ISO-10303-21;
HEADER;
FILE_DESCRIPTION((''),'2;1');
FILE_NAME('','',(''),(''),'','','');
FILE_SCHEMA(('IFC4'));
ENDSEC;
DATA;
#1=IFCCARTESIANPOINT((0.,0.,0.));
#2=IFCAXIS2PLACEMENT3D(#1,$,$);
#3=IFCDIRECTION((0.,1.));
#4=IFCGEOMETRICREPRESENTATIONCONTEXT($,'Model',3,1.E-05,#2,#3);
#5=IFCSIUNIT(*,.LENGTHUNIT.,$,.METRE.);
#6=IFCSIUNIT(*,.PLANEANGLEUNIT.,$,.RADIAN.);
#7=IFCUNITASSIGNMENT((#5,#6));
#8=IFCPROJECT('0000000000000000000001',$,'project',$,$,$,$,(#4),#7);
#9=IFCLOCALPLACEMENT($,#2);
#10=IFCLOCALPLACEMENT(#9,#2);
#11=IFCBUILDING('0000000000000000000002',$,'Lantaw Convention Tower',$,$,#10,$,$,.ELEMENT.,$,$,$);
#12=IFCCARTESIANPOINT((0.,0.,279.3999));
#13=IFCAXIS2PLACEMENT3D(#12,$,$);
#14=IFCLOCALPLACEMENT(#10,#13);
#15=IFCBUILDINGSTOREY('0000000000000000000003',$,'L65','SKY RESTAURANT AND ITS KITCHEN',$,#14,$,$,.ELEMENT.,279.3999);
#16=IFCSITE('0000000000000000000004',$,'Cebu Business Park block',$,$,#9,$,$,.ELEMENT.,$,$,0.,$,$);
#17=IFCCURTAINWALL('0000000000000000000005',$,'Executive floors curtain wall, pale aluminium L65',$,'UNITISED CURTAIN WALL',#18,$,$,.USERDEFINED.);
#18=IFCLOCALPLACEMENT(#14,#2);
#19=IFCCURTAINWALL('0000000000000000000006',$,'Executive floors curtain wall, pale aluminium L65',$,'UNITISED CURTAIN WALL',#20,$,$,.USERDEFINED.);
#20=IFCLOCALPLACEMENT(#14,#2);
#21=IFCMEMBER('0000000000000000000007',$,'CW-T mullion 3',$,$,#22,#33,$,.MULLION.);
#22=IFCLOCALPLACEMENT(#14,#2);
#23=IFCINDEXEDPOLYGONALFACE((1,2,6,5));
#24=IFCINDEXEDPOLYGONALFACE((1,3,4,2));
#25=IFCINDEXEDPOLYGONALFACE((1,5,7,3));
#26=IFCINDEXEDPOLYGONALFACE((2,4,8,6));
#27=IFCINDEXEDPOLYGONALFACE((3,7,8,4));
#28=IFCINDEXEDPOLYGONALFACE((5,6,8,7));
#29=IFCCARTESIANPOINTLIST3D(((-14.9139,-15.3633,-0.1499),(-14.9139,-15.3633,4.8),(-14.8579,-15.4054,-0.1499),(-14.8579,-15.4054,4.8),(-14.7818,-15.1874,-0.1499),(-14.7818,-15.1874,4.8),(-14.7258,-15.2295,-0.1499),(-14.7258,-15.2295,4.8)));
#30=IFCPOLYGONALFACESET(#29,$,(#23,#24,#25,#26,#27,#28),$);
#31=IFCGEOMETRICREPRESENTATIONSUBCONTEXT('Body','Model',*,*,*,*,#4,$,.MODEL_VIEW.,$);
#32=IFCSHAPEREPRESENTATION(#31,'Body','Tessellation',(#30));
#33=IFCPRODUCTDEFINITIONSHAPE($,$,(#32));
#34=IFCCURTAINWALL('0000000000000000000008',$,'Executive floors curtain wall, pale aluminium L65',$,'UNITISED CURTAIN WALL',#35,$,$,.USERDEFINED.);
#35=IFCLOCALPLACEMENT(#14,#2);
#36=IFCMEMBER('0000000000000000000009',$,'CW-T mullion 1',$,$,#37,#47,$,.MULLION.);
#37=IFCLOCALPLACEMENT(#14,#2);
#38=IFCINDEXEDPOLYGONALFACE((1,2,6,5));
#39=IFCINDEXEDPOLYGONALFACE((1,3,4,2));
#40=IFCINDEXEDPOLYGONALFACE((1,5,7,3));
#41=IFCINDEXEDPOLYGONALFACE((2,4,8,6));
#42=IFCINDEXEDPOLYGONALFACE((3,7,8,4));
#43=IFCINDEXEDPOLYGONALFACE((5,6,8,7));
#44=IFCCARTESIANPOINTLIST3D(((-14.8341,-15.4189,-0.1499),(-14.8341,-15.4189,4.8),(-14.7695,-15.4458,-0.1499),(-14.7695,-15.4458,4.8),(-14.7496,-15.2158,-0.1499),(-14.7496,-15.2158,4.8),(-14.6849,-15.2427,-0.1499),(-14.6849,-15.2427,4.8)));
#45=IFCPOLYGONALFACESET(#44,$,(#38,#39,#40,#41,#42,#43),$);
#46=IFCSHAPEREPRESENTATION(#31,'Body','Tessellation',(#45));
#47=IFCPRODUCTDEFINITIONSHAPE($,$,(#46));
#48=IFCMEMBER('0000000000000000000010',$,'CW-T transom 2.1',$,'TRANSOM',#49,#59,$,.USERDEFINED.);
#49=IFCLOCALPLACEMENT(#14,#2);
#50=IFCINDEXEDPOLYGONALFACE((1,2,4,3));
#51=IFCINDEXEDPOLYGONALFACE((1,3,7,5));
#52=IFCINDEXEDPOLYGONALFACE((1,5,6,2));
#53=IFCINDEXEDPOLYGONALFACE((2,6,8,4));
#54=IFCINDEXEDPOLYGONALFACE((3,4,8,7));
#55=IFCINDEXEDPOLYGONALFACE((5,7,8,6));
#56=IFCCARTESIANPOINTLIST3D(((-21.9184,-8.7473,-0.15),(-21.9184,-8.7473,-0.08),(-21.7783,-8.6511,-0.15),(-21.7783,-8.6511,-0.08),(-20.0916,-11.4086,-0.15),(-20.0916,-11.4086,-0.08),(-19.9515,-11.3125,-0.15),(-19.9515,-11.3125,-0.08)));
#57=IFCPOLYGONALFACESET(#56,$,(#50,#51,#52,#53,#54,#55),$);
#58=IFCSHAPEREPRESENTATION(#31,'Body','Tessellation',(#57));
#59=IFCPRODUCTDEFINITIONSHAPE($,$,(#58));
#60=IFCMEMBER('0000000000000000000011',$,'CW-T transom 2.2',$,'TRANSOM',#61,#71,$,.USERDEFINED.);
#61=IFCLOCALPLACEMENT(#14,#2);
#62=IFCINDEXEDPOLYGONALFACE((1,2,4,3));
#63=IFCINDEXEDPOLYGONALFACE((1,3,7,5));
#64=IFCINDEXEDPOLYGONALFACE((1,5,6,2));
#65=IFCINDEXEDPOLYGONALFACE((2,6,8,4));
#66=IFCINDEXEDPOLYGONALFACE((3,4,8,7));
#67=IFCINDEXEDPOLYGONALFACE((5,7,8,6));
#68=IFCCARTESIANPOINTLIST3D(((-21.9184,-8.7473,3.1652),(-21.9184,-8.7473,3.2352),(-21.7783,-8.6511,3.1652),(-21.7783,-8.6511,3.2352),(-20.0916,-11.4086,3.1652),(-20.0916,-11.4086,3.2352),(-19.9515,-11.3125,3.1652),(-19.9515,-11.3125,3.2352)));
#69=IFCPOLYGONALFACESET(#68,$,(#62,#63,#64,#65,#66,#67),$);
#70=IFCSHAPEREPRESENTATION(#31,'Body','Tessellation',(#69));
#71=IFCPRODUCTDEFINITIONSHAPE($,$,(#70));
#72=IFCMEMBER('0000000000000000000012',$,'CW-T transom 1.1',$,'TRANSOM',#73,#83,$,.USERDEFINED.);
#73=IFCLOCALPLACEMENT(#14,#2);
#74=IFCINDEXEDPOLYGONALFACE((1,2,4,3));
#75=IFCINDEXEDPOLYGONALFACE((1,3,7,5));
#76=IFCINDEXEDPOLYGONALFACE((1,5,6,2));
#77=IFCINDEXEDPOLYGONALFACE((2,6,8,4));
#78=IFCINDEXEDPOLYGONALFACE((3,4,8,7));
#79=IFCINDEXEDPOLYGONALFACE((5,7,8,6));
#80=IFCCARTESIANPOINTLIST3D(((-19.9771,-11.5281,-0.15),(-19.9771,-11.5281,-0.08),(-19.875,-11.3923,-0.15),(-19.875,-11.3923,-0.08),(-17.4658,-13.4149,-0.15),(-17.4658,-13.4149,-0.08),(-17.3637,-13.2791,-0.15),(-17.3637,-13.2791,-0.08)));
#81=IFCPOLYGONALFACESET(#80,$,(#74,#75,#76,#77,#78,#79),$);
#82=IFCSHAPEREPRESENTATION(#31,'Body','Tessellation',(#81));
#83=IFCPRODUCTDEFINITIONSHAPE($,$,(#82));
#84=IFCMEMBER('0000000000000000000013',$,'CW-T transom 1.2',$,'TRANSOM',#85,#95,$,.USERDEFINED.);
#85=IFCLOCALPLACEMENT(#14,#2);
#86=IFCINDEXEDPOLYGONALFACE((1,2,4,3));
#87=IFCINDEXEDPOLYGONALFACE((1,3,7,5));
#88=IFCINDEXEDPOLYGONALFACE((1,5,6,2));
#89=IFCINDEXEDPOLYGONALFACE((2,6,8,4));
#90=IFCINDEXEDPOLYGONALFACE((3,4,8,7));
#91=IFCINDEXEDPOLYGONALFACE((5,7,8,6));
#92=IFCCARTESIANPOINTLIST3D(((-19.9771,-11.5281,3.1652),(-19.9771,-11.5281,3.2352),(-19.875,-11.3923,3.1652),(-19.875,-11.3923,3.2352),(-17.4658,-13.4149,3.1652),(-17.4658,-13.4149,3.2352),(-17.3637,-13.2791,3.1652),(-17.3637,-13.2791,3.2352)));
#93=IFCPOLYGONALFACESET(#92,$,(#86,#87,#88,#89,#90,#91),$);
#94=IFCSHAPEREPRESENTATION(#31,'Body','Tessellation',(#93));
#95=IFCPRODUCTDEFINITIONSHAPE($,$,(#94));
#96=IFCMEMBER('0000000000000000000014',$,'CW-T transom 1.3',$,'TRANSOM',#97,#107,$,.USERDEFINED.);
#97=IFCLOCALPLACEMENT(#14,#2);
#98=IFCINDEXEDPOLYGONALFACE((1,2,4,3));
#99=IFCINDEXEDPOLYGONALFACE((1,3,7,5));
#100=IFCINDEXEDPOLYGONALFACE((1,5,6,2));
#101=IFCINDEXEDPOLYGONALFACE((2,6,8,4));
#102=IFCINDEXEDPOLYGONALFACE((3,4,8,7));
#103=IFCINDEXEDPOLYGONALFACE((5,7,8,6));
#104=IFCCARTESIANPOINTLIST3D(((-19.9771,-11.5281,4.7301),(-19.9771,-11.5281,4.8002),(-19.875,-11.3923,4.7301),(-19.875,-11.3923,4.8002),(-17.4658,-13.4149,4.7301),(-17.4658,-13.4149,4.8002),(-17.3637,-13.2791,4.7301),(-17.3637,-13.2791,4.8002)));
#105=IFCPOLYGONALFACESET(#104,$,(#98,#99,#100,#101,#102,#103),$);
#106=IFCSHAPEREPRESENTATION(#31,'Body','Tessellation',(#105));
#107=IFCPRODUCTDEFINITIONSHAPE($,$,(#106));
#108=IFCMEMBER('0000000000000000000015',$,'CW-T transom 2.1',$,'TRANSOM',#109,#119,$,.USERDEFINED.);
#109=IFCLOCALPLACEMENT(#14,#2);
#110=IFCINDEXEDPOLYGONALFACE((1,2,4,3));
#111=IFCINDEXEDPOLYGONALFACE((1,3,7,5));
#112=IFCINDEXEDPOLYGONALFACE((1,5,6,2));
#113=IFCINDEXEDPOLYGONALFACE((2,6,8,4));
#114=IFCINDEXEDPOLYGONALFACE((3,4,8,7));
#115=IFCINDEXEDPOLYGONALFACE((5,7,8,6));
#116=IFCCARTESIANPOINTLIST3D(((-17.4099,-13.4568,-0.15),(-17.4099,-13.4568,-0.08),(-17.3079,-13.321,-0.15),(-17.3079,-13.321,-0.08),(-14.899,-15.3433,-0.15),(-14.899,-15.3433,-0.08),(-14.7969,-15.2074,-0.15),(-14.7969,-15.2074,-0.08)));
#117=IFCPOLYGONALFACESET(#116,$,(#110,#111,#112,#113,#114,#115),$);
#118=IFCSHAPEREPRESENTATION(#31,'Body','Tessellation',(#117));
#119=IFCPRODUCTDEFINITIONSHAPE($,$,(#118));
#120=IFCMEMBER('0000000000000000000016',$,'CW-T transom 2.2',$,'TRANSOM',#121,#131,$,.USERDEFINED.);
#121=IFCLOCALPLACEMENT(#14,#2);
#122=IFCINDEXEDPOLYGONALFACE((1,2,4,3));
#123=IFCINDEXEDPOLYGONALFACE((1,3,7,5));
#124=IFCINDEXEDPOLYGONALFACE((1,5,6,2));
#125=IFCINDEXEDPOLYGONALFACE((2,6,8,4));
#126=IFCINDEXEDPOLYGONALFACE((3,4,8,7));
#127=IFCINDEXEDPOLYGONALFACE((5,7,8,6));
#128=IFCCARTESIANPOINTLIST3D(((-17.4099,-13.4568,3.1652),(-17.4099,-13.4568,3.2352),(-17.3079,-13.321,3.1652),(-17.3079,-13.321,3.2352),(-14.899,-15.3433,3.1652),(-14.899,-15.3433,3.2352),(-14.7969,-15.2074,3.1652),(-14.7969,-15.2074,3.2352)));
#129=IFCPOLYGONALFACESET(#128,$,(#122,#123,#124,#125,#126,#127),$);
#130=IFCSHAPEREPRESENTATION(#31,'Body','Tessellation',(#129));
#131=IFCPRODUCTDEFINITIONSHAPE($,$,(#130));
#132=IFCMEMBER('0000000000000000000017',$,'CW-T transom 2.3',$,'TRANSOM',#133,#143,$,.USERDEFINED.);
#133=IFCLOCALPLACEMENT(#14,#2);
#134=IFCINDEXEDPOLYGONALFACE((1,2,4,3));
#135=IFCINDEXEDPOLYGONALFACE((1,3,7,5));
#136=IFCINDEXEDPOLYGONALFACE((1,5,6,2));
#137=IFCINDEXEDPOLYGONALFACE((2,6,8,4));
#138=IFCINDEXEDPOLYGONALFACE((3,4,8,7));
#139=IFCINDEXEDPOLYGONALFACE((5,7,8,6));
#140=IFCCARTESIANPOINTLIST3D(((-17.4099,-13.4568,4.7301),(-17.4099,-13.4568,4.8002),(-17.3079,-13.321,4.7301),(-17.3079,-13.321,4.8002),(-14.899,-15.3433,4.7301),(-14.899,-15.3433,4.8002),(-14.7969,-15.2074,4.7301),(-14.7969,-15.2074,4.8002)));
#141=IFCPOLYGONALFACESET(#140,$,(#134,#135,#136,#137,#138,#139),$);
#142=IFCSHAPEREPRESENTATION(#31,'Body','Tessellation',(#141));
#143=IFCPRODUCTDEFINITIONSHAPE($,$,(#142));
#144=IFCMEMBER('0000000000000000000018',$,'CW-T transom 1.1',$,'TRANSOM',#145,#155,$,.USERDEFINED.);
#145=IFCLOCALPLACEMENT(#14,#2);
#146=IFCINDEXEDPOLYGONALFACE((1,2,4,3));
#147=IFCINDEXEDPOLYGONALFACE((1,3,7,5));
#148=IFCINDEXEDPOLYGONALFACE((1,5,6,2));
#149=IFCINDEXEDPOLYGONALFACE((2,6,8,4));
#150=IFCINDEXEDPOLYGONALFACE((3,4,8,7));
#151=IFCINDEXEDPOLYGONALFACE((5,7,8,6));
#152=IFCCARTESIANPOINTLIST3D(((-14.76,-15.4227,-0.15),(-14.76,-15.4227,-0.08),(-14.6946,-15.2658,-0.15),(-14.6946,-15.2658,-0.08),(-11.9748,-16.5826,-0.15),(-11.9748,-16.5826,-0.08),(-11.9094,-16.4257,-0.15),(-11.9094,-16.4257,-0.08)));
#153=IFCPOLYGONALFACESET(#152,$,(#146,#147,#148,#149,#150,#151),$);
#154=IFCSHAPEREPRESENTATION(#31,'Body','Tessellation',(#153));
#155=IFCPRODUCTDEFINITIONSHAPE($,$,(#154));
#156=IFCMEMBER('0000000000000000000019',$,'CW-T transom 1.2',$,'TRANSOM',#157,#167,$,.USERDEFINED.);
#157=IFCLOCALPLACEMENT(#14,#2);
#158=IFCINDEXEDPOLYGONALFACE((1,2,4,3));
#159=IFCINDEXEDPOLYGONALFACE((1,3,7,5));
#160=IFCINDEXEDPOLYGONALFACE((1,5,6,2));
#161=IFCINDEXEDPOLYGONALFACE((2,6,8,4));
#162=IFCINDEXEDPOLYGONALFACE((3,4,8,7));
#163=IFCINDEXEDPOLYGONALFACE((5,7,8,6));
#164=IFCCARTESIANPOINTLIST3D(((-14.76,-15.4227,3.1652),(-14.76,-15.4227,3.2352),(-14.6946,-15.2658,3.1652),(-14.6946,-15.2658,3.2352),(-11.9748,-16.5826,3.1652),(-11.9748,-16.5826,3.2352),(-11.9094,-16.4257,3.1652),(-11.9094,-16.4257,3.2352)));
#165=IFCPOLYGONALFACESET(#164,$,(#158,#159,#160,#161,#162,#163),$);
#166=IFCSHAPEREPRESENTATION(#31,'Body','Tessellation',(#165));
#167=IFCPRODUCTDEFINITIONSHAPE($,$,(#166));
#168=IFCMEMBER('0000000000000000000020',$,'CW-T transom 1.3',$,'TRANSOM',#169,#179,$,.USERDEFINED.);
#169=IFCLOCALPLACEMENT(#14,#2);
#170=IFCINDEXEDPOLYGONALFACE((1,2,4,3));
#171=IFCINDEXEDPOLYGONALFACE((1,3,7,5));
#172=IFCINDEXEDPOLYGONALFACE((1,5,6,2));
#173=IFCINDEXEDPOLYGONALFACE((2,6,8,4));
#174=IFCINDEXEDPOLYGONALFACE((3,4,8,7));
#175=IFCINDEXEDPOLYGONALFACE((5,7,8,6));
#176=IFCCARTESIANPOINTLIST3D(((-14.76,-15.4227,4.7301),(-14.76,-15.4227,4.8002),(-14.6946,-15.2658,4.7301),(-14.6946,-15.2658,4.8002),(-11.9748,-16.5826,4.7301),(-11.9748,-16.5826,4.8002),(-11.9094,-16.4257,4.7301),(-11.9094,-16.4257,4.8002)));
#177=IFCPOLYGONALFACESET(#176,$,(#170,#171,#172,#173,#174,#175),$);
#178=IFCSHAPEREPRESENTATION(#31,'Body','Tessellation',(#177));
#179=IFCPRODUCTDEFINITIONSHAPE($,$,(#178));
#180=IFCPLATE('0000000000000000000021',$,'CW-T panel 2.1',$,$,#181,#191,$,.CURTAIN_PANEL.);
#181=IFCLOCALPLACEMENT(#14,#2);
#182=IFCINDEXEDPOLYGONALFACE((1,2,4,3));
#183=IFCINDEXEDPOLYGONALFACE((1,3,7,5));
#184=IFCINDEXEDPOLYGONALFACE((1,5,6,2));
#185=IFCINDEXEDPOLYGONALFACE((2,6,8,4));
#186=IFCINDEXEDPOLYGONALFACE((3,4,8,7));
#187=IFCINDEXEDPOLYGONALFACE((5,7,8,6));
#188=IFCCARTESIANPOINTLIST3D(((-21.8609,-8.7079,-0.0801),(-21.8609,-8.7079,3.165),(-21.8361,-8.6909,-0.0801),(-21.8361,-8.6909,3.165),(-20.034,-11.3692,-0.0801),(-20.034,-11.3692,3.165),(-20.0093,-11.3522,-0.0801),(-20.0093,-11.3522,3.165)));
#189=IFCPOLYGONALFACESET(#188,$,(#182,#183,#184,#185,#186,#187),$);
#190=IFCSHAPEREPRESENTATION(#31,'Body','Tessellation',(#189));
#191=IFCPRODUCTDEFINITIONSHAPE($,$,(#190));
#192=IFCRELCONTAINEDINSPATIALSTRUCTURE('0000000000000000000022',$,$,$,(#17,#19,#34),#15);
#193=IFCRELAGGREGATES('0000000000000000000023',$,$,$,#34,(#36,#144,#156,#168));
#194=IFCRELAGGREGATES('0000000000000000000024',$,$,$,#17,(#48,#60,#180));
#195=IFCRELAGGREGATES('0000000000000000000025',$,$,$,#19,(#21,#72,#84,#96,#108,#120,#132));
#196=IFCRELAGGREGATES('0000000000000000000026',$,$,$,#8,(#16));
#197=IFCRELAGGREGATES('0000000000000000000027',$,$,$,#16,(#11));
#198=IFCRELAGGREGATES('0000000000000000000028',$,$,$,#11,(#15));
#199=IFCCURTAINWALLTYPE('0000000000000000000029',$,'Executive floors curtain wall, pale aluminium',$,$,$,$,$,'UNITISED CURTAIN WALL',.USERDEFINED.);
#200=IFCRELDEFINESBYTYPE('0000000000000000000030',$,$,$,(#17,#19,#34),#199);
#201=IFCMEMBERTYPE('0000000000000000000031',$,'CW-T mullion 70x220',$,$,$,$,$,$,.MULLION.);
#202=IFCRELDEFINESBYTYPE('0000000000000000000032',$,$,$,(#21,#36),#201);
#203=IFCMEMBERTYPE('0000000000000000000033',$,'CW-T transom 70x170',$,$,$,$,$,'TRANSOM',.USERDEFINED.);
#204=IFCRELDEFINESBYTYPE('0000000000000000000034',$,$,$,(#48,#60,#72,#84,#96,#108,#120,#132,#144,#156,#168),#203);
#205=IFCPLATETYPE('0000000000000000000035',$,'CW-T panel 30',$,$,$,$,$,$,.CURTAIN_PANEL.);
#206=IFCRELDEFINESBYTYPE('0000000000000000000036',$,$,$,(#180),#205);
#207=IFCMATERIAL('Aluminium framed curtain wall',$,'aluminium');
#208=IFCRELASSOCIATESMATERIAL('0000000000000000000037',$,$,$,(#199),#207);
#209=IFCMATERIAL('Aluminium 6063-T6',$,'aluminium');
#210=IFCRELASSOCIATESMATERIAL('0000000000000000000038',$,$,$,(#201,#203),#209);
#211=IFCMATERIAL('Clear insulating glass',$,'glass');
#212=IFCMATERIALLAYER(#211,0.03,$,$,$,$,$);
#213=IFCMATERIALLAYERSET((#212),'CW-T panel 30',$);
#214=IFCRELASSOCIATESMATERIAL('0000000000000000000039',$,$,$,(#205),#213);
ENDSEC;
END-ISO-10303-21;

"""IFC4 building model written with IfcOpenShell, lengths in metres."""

from ifc_helpers import new_model, si_unit, direction, frame, origin, origin_2d, place, context, subcontext, project, spatial, rectangle, extrude, material, layer, layer_set, material_profile, profile_set, type_object, element, aggregate, save


model = new_model("IFC4")

# Units and contexts
model_context = context("Model", 3, precision=1e-05, world=origin(), true_north=direction((0.0, 1.0)))
body_context = subcontext(model_context, "Body", "Model", "MODEL_VIEW")
ifc_project = project(units=[si_unit("LENGTHUNIT", "METRE"), si_unit("PLANEANGLEUNIT", "RADIAN")], contexts=[model_context])

# Site, building, storey
site_placement = place(None, origin())
site = spatial("IfcSite", under=ifc_project, at=site_placement, Name="Cebu Business Park block", CompositionType="ELEMENT", RefElevation=0.0)
building_placement = place(site_placement, origin())
building = spatial("IfcBuilding", under=site, at=building_placement, Name="Lantaw Convention Tower", CompositionType="ELEMENT")
storey_placement = place(building_placement, frame((0.0, 0.0, 279.3999)))
storey = spatial("IfcBuildingStorey", under=building, at=storey_placement, Name="L65", Description="SKY RESTAURANT AND ITS KITCHEN", CompositionType="ELEMENT", Elevation=279.3999)

# Curtain wall
ifc_material_1 = material(Name="Aluminium framed curtain wall", Category="aluminium")
curtain_wall_type = type_object("IfcCurtainWallType", Name="Executive floors curtain wall, pale aluminium", ElementType="UNITISED CURTAIN WALL", PredefinedType="USERDEFINED", material=ifc_material_1)
curtain_wall_1_placement = place(storey_placement, origin())
curtain_wall_1 = element("IfcCurtainWall", 1, at=curtain_wall_1_placement, inside=storey, type_object=curtain_wall_type, Name="Executive floors curtain wall, pale aluminium L65", ObjectType="UNITISED CURTAIN WALL", PredefinedType="USERDEFINED")
ifc_material_2 = material(Name="Aluminium 6063-T6", Category="aluminium")
ifc_material_profile_1 = material_profile(ifc_material_2, rectangle(XDim=0.22, YDim=0.0701, at=origin_2d()), Name="CW-T mullion 70x220")
ifc_profile_set_1 = profile_set([ifc_material_profile_1], Name="Aluminium 6063-T6")
member_type_1 = type_object("IfcMemberType", Name="CW-T mullion 70x220", PredefinedType="MULLION", material=ifc_profile_set_1)

# Curtain wall, member
curtain_wall_2_placement = place(storey_placement, origin())
curtain_wall_2 = element("IfcCurtainWall", 2, at=curtain_wall_2_placement, inside=storey, type_object=curtain_wall_type, Name="Executive floors curtain wall, pale aluminium L65", ObjectType="UNITISED CURTAIN WALL", PredefinedType="USERDEFINED")
member_1_placement = place(storey_placement, frame((-14.8198, -15.2964, -0.1499), z_axis=(0.0, 0.0, 1.0), x_axis=(0.600643, 0.799518, 0.0)))
member_1 = element("IfcMember", 3, at=member_1_placement, type_object=member_type_1, Name="CW-T mullion 3", PredefinedType="MULLION", context=body_context, shape_type="SweptSolid", body=[
    extrude(rectangle(XDim=0.22, YDim=0.0701, at=origin_2d()), origin(), (0.0, 0.0, 1.0), 4.95),
])

# Curtain wall, member
curtain_wall_3_placement = place(storey_placement, origin())
curtain_wall_3 = element("IfcCurtainWall", 4, at=curtain_wall_3_placement, inside=storey, type_object=curtain_wall_type, Name="Executive floors curtain wall, pale aluminium L65", ObjectType="UNITISED CURTAIN WALL", PredefinedType="USERDEFINED")
member_2_placement = place(storey_placement, frame((-14.7595, -15.3308, -0.1499), z_axis=(0.0, 0.0, 1.0), x_axis=(0.38446, 0.923142, 0.0)))
member_2 = element("IfcMember", 5, at=member_2_placement, type_object=member_type_1, Name="CW-T mullion 1", PredefinedType="MULLION", context=body_context, shape_type="SweptSolid", body=[
    extrude(rectangle(XDim=0.22, YDim=0.0701, at=origin_2d()), origin(), (0.0, 0.0, 1.0), 4.95),
])

# Members
ifc_material_profile_2 = material_profile(ifc_material_2, rectangle(XDim=0.1699, YDim=0.0701, at=origin_2d()), Name="CW-T transom 70x170")
ifc_profile_set_2 = profile_set([ifc_material_profile_2], Name="Aluminium 6063-T6")
member_type_2 = type_object("IfcMemberType", Name="CW-T transom 70x170", ElementType="TRANSOM", PredefinedType="USERDEFINED", material=ifc_profile_set_2)
member_3_placement = place(storey_placement, frame((-21.8484, -8.6992, -0.115), z_axis=(0.565941, -0.824446, 0.0), x_axis=(0.824446, 0.565941, 0.0)))
member_3 = element("IfcMember", 6, at=member_3_placement, type_object=member_type_2, Name="CW-T transom 2.1", ObjectType="TRANSOM", PredefinedType="USERDEFINED", context=body_context, shape_type="SweptSolid", body=[
    extrude(rectangle(XDim=0.1699, YDim=0.0701, at=origin_2d()), origin(), (0.0, 0.0, 1.0), 3.228),
])
member_4_placement = place(storey_placement, frame((-21.8484, -8.6992, 3.2002), z_axis=(0.565941, -0.824446, 0.0), x_axis=(0.824446, 0.565941, 0.0)))
member_4 = element("IfcMember", 7, at=member_4_placement, type_object=member_type_2, Name="CW-T transom 2.2", ObjectType="TRANSOM", PredefinedType="USERDEFINED", context=body_context, shape_type="SweptSolid", body=[
    extrude(rectangle(XDim=0.1699, YDim=0.0701, at=origin_2d()), origin(), (0.0, 0.0, 1.0), 3.228),
])
member_5_placement = place(storey_placement, frame((-19.926, -11.4602, -0.115), z_axis=(0.799496, -0.600671, 0.0), x_axis=(0.600671, 0.799496, 0.0)))
member_5 = element("IfcMember", 8, at=member_5_placement, type_object=member_type_2, Name="CW-T transom 1.1", ObjectType="TRANSOM", PredefinedType="USERDEFINED", context=body_context, shape_type="SweptSolid", body=[
    extrude(rectangle(XDim=0.1699, YDim=0.0701, at=origin_2d()), origin(), (0.0, 0.0, 1.0), 3.1411),
])
member_6_placement = place(storey_placement, frame((-19.926, -11.4602, 3.2002), z_axis=(0.799496, -0.600671, 0.0), x_axis=(0.600671, 0.799496, 0.0)))
member_6 = element("IfcMember", 9, at=member_6_placement, type_object=member_type_2, Name="CW-T transom 1.2", ObjectType="TRANSOM", PredefinedType="USERDEFINED", context=body_context, shape_type="SweptSolid", body=[
    extrude(rectangle(XDim=0.1699, YDim=0.0701, at=origin_2d()), origin(), (0.0, 0.0, 1.0), 3.1411),
])
member_7_placement = place(storey_placement, frame((-19.926, -11.4602, 4.7651), z_axis=(0.799496, -0.600671, 0.0), x_axis=(0.600671, 0.799496, 0.0)))
member_7 = element("IfcMember", 10, at=member_7_placement, type_object=member_type_2, Name="CW-T transom 1.3", ObjectType="TRANSOM", PredefinedType="USERDEFINED", context=body_context, shape_type="SweptSolid", body=[
    extrude(rectangle(XDim=0.1699, YDim=0.0701, at=origin_2d()), origin(), (0.0, 0.0, 1.0), 3.1411),
])
member_8_placement = place(storey_placement, frame((-17.3589, -13.3889, -0.115), z_axis=(0.799505, -0.600659, 0.0), x_axis=(0.600659, 0.799505, 0.0)))
member_8 = element("IfcMember", 11, at=member_8_placement, type_object=member_type_2, Name="CW-T transom 2.1", ObjectType="TRANSOM", PredefinedType="USERDEFINED", context=body_context, shape_type="SweptSolid", body=[
    extrude(rectangle(XDim=0.1699, YDim=0.0701, at=origin_2d()), origin(), (0.0, 0.0, 1.0), 3.1406),
])
member_9_placement = place(storey_placement, frame((-17.3589, -13.3889, 3.2002), z_axis=(0.799505, -0.600659, 0.0), x_axis=(0.600659, 0.799505, 0.0)))
member_9 = element("IfcMember", 12, at=member_9_placement, type_object=member_type_2, Name="CW-T transom 2.2", ObjectType="TRANSOM", PredefinedType="USERDEFINED", context=body_context, shape_type="SweptSolid", body=[
    extrude(rectangle(XDim=0.1699, YDim=0.0701, at=origin_2d()), origin(), (0.0, 0.0, 1.0), 3.1406),
])
member_10_placement = place(storey_placement, frame((-17.3589, -13.3889, 4.7651), z_axis=(0.799505, -0.600659, 0.0), x_axis=(0.600659, 0.799505, 0.0)))
member_10 = element("IfcMember", 13, at=member_10_placement, type_object=member_type_2, Name="CW-T transom 2.3", ObjectType="TRANSOM", PredefinedType="USERDEFINED", context=body_context, shape_type="SweptSolid", body=[
    extrude(rectangle(XDim=0.1699, YDim=0.0701, at=origin_2d()), origin(), (0.0, 0.0, 1.0), 3.1406),
])
member_11_placement = place(storey_placement, frame((-14.7273, -15.3442, -0.115), z_axis=(0.923144, -0.384454, 0.0), x_axis=(0.384454, 0.923144, 0.0)))
member_11 = element("IfcMember", 14, at=member_11_placement, type_object=member_type_2, Name="CW-T transom 1.1", ObjectType="TRANSOM", PredefinedType="USERDEFINED", context=body_context, shape_type="SweptSolid", body=[
    extrude(rectangle(XDim=0.1699, YDim=0.0701, at=origin_2d()), origin(), (0.0, 0.0, 1.0), 3.0171),
])
member_12_placement = place(storey_placement, frame((-14.7273, -15.3442, 3.2002), z_axis=(0.923144, -0.384454, 0.0), x_axis=(0.384454, 0.923144, 0.0)))
member_12 = element("IfcMember", 15, at=member_12_placement, type_object=member_type_2, Name="CW-T transom 1.2", ObjectType="TRANSOM", PredefinedType="USERDEFINED", context=body_context, shape_type="SweptSolid", body=[
    extrude(rectangle(XDim=0.1699, YDim=0.0701, at=origin_2d()), origin(), (0.0, 0.0, 1.0), 3.0171),
])
member_13_placement = place(storey_placement, frame((-14.7273, -15.3442, 4.7651), z_axis=(0.923144, -0.384454, 0.0), x_axis=(0.384454, 0.923144, 0.0)))
member_13 = element("IfcMember", 16, at=member_13_placement, type_object=member_type_2, Name="CW-T transom 1.3", ObjectType="TRANSOM", PredefinedType="USERDEFINED", context=body_context, shape_type="SweptSolid", body=[
    extrude(rectangle(XDim=0.1699, YDim=0.0701, at=origin_2d()), origin(), (0.0, 0.0, 1.0), 3.0171),
])
aggregate(curtain_wall_3, [member_2, member_11, member_12, member_13])

# Plate
ifc_material_3 = material(Name="Clear insulating glass", Category="glass")
ifc_layer_1 = layer(ifc_material_3, 0.03)
ifc_layer_set_1 = layer_set([ifc_layer_1], Name="CW-T panel 30")
plate_type_1 = type_object("IfcPlateType", Name="CW-T panel 30", PredefinedType="CURTAIN_PANEL", material=ifc_layer_set_1)
plate_1_placement = place(storey_placement, frame((-20.9351, -10.03, -0.0801), z_axis=(0.0, 0.0, 1.0), x_axis=(0.565935, -0.82445, 0.0)))
plate_1 = element("IfcPlate", 17, at=plate_1_placement, type_object=plate_type_1, Name="CW-T panel 2.1", PredefinedType="CURTAIN_PANEL", context=body_context, shape_type="SweptSolid", body=[
    extrude(rectangle(XDim=3.228, YDim=0.03, at=origin_2d()), origin(), (0.0, 0.0, 1.0), 3.2451),
])
aggregate(curtain_wall_1, [member_3, member_4, plate_1])
aggregate(curtain_wall_2, [member_1, member_5, member_6, member_7, member_8, member_9, member_10])

save(model, "model.ifc")
